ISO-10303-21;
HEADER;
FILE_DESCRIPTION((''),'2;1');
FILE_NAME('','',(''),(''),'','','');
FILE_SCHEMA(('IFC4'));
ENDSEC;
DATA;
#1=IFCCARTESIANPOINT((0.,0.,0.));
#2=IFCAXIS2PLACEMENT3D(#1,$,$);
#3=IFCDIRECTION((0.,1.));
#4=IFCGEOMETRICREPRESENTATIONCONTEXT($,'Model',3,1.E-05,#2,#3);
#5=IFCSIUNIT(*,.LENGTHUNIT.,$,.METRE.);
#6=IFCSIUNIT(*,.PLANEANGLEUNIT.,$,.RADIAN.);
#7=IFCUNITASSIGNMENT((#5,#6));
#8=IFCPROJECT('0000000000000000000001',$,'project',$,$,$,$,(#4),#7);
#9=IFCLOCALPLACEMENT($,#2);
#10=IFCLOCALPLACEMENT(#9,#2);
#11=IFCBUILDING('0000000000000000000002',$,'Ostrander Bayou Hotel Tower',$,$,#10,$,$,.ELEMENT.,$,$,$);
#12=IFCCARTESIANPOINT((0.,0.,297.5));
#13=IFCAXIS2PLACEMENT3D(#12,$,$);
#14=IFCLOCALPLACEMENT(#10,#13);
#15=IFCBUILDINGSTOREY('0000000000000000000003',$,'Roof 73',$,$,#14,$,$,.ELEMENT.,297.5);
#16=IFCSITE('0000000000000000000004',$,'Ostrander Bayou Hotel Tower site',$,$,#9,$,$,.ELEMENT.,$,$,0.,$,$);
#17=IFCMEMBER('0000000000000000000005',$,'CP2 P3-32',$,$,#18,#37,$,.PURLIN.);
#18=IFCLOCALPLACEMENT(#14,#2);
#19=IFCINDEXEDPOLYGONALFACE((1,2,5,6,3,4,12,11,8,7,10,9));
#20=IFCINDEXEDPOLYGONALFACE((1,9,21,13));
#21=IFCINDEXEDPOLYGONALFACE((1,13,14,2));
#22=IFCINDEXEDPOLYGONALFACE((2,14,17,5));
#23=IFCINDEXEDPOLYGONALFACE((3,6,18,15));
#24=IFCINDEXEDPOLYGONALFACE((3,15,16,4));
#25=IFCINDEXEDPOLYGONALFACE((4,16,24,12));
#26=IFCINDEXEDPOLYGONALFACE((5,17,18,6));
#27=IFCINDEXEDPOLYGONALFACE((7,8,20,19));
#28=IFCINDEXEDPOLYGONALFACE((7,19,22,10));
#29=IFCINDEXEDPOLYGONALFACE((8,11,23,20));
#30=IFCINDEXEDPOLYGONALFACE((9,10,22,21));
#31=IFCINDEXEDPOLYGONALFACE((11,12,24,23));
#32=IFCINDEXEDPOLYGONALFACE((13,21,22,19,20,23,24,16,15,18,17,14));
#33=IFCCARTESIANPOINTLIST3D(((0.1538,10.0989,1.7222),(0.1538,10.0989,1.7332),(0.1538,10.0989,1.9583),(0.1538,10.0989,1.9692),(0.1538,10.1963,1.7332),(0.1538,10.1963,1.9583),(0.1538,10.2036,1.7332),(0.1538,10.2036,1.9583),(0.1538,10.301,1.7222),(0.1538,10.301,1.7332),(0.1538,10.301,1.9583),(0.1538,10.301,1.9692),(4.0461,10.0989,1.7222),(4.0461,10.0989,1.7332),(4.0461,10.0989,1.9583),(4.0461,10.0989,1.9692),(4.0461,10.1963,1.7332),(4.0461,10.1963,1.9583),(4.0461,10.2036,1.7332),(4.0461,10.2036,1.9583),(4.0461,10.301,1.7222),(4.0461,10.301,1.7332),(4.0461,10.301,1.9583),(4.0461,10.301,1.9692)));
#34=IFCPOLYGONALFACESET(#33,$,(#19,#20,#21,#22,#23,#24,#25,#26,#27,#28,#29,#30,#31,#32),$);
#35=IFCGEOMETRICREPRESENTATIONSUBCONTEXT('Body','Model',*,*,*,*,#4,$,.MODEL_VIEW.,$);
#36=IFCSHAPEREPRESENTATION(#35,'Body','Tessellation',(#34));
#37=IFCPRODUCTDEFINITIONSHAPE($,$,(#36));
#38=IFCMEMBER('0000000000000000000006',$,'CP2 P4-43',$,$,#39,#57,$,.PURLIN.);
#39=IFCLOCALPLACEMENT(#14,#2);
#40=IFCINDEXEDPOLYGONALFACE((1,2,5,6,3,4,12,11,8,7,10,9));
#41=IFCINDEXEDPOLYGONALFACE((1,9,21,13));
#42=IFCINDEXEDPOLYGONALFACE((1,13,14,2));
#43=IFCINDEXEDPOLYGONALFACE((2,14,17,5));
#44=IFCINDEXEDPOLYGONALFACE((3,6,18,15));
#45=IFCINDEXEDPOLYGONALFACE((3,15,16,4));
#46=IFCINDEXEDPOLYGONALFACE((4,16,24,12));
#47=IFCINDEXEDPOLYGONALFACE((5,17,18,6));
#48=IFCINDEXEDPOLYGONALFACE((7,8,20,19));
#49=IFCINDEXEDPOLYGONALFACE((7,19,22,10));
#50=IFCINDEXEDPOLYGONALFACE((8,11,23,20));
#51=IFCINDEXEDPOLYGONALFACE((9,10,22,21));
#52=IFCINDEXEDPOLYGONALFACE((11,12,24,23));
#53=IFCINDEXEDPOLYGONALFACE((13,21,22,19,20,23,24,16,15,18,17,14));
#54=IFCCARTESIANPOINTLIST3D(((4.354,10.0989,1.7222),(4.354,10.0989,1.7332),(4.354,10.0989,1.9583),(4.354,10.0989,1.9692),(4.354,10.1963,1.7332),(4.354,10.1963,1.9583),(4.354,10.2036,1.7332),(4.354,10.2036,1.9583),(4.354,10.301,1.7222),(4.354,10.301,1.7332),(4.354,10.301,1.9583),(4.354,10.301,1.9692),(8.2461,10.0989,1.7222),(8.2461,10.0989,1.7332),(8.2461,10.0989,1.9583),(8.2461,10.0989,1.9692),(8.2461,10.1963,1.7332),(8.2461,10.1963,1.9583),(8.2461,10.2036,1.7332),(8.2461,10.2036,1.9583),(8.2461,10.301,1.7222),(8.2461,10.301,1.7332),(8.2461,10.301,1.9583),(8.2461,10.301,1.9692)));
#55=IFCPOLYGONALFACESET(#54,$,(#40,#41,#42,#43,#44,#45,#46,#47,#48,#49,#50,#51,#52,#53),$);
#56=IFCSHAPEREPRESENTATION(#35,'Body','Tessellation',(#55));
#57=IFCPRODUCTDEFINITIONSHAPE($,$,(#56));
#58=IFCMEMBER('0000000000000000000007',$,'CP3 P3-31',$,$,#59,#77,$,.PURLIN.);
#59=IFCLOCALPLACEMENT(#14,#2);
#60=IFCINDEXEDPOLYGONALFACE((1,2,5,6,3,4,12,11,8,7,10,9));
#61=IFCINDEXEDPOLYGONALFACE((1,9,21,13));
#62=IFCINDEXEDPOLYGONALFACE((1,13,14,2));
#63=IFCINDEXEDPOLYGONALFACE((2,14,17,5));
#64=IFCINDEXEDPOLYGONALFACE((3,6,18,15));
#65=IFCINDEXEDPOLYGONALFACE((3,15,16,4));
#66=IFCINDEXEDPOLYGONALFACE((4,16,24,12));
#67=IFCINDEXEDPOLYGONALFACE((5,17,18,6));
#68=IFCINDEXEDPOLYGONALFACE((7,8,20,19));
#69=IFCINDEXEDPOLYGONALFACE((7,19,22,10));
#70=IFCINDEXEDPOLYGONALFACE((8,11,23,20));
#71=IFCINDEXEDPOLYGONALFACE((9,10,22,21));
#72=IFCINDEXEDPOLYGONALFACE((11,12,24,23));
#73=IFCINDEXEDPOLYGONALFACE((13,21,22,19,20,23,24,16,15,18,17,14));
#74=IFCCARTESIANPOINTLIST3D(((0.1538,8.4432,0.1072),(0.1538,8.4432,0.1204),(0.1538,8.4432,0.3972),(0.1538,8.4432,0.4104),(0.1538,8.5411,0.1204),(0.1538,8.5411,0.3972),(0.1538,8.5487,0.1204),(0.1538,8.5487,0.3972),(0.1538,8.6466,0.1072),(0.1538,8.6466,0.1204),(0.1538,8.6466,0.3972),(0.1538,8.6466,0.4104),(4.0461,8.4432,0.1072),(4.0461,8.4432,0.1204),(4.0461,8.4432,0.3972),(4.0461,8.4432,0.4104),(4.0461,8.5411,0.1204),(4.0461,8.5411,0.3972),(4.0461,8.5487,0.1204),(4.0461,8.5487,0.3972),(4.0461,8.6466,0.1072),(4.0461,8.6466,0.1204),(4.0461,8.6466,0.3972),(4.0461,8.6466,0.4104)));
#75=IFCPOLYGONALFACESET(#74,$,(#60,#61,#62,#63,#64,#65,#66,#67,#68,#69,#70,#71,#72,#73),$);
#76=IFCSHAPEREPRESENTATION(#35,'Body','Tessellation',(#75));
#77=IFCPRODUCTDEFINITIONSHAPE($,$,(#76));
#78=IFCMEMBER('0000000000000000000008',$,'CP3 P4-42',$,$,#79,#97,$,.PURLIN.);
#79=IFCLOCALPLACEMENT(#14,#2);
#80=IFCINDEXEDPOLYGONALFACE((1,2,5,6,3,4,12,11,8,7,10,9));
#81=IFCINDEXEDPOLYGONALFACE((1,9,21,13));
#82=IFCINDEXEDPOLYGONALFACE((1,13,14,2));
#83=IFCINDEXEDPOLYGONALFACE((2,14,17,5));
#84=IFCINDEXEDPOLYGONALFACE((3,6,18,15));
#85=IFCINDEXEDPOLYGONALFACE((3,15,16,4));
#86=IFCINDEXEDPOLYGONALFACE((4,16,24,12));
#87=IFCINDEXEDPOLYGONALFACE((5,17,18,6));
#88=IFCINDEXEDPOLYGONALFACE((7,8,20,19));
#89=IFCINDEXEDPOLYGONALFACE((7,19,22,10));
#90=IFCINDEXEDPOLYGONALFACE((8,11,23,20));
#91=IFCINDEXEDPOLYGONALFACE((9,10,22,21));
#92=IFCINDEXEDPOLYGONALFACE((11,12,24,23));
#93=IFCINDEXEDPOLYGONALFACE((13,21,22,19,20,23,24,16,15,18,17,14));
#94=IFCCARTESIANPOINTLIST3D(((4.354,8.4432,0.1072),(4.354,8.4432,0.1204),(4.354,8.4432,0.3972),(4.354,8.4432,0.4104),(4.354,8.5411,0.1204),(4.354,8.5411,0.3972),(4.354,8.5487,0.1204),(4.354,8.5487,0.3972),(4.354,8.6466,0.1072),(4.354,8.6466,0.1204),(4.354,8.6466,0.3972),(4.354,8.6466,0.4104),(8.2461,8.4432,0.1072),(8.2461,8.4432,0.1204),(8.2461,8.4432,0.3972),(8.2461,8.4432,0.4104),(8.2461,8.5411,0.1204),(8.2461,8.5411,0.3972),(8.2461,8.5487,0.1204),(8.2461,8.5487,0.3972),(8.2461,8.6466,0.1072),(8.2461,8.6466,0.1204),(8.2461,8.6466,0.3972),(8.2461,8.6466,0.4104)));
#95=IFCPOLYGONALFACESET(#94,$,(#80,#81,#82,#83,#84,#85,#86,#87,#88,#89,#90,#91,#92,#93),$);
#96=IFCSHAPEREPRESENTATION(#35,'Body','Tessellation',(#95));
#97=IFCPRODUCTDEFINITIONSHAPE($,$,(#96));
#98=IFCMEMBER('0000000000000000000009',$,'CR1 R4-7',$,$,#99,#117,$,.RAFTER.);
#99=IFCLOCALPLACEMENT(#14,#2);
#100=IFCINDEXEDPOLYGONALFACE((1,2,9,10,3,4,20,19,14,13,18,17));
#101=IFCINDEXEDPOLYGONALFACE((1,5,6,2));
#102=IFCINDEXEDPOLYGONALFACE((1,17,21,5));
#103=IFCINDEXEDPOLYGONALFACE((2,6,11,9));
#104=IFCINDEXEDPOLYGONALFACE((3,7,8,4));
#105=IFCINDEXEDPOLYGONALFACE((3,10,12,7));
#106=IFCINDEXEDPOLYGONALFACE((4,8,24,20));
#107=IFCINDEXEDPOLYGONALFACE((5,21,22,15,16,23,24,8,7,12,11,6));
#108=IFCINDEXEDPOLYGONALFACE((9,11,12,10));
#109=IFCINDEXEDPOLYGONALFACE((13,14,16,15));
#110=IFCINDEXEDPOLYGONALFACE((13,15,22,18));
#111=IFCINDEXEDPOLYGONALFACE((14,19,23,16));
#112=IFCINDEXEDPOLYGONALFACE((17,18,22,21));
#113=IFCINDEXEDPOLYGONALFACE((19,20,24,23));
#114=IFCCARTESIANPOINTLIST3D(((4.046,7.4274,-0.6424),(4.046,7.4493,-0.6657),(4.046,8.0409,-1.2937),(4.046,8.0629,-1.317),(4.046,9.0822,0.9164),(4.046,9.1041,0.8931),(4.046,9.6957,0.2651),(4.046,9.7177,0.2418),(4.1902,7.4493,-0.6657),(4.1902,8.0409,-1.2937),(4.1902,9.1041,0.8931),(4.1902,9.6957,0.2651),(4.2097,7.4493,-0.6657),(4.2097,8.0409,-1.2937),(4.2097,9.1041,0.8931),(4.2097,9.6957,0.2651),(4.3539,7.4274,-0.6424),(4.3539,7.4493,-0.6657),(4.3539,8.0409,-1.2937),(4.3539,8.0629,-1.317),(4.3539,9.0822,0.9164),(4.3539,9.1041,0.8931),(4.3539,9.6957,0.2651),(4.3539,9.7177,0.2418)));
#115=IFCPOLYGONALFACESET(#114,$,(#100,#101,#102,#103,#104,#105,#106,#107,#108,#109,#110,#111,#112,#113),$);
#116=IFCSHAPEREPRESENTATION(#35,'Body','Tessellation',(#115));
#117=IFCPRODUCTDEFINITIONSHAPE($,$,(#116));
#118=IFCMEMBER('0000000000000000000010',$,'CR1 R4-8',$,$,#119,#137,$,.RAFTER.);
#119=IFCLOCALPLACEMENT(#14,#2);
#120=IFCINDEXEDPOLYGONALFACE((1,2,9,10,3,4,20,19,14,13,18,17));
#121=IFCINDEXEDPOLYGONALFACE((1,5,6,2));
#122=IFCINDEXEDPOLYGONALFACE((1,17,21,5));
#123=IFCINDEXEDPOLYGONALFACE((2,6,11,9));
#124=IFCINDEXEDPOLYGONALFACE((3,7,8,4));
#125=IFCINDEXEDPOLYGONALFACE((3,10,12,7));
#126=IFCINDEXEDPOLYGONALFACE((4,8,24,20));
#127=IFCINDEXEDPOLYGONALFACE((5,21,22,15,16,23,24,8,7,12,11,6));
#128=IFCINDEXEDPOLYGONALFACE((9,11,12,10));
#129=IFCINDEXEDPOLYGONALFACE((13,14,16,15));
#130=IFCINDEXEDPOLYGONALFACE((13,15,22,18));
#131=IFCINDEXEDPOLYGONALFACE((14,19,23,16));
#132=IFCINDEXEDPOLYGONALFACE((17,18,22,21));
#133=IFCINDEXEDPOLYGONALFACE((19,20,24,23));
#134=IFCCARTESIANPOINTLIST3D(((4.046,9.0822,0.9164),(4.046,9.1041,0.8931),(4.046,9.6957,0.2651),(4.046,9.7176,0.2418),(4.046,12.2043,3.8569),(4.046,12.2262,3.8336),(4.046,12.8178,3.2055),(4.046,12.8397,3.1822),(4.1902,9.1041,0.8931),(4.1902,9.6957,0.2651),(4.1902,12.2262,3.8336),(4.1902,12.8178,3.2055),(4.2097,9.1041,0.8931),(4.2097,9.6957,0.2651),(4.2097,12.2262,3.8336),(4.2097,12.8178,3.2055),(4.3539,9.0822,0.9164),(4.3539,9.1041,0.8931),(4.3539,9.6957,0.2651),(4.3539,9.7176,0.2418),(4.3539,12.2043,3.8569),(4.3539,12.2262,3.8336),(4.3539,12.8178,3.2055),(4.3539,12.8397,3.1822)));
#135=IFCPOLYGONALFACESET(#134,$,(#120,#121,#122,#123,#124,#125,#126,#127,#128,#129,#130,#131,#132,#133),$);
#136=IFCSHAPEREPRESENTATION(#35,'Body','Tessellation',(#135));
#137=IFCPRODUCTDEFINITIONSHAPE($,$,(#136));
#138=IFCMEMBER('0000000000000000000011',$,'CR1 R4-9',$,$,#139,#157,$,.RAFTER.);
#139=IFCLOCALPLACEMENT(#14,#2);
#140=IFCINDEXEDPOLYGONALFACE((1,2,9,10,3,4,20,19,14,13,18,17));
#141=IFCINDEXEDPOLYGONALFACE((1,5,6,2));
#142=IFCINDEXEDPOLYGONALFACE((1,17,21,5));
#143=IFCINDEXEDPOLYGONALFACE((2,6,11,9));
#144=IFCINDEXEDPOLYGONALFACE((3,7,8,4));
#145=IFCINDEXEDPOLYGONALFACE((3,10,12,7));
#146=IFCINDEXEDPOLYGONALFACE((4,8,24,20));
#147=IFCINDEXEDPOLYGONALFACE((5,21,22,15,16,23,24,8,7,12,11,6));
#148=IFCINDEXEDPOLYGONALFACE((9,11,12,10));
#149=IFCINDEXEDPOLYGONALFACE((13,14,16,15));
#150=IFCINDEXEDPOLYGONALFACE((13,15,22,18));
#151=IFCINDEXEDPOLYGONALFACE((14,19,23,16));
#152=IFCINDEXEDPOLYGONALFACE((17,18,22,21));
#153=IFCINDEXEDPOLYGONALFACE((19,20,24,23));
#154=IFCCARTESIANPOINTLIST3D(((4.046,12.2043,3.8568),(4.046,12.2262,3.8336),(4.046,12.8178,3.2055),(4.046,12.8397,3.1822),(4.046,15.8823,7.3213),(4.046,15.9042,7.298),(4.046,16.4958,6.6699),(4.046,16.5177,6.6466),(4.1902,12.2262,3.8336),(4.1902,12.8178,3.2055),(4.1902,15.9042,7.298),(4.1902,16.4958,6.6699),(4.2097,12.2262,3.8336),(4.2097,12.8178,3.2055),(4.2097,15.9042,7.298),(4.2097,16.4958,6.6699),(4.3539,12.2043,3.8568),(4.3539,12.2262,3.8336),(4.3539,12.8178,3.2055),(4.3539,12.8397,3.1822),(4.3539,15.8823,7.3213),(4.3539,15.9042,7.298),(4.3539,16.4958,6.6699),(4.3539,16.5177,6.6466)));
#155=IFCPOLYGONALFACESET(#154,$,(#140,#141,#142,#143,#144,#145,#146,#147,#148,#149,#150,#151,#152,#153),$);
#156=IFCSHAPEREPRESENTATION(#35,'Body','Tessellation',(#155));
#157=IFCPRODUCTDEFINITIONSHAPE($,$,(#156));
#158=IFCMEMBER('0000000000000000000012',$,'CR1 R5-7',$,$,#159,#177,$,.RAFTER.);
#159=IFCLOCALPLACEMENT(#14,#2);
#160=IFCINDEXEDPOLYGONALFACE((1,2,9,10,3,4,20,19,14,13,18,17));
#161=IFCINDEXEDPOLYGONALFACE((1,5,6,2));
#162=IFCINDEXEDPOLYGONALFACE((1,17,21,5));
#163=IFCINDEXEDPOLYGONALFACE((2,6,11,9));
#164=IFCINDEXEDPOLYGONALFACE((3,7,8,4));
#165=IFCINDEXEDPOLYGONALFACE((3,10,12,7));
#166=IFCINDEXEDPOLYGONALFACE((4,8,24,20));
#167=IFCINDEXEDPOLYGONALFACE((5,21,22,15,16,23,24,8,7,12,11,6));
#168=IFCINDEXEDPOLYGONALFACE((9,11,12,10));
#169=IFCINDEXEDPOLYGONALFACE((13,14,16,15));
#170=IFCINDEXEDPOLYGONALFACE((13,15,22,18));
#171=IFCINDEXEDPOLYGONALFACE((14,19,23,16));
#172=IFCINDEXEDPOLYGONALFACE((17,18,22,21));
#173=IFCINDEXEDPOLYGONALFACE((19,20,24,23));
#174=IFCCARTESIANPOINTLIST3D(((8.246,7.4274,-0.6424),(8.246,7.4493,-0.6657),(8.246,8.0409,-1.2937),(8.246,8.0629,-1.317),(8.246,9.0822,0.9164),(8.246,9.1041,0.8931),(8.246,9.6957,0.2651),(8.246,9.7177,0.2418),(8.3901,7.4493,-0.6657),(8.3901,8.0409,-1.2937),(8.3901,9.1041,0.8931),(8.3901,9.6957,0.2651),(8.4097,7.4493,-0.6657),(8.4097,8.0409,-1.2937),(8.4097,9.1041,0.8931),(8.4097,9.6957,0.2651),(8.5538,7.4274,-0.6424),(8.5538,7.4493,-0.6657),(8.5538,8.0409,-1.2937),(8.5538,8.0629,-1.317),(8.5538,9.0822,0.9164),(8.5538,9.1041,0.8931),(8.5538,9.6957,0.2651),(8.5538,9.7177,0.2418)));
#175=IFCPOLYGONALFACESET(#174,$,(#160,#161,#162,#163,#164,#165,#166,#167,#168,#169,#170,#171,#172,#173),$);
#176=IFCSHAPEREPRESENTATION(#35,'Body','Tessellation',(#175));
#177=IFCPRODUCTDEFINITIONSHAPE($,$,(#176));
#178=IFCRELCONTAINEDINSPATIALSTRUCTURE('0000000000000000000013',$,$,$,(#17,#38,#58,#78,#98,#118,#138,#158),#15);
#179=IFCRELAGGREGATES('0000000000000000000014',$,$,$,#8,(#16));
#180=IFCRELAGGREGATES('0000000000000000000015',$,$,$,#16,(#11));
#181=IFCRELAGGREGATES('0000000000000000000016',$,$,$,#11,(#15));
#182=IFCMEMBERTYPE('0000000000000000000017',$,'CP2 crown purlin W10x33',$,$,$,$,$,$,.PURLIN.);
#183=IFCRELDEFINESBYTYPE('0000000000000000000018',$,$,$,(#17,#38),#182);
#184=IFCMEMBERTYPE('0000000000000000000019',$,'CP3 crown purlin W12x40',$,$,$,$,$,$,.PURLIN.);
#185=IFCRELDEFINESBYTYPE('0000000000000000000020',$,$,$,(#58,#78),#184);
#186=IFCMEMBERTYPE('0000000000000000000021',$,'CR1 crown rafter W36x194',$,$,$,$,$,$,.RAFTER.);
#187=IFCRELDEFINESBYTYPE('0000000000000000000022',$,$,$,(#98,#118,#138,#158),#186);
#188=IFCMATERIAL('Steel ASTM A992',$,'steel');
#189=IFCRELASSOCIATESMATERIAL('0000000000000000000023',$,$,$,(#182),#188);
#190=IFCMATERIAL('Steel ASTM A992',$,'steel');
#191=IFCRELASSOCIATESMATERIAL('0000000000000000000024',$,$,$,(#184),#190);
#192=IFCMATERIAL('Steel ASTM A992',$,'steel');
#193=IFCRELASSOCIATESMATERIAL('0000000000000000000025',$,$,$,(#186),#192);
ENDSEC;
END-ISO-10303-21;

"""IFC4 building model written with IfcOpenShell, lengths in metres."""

from ifc_helpers import new_model, si_unit, direction, frame, origin, origin_2d, place, context, subcontext, project, spatial, i_section, extrude, material, material_profile, profile_set, type_object, element, save


model = new_model("IFC4")

# Units and contexts
model_context = context("Model", 3, precision=1e-05, world=origin(), true_north=direction((0.0, 1.0)))
body_context = subcontext(model_context, "Body", "Model", "MODEL_VIEW")
ifc_project = project(units=[si_unit("LENGTHUNIT", "METRE"), si_unit("PLANEANGLEUNIT", "RADIAN")], contexts=[model_context])

# Site, building, storey
site_placement = place(None, origin())
site = spatial("IfcSite", under=ifc_project, at=site_placement, Name="Ostrander Bayou Hotel Tower site", CompositionType="ELEMENT", RefElevation=0.0)
building_placement = place(site_placement, origin())
building = spatial("IfcBuilding", under=site, at=building_placement, Name="Ostrander Bayou Hotel Tower", CompositionType="ELEMENT")
storey_placement = place(building_placement, frame((0.0, 0.0, 297.5)))
storey = spatial("IfcBuildingStorey", under=building, at=storey_placement, Name="Roof 73", CompositionType="ELEMENT", Elevation=297.5)

# Members
ifc_material_1 = material(Name="Steel ASTM A992", Category="steel")
ifc_material_profile_1 = material_profile(ifc_material_1, i_section(OverallWidth=0.2021, OverallDepth=0.2471, WebThickness=0.0073, FlangeThickness=0.011, at=origin_2d()))
ifc_profile_set_1 = profile_set([ifc_material_profile_1], Name="Steel ASTM A992")
member_type_1 = type_object("IfcMemberType", Name="CP2 crown purlin W10x33", PredefinedType="PURLIN", material=ifc_profile_set_1)
member_1_placement = place(storey_placement, frame((0.1538, 10.2, 1.8457), z_axis=(1.0, 0.0, 0.0), x_axis=(0.0, 1.0, 0.0)))
element("IfcMember", 1, at=member_1_placement, inside=storey, type_object=member_type_1, Name="CP2 P3-32", PredefinedType="PURLIN", context=body_context, shape_type="SweptSolid", body=[
    extrude(i_section(OverallWidth=0.2021, OverallDepth=0.2471, WebThickness=0.0073, FlangeThickness=0.011, at=origin_2d()), origin(), (0.0, 0.0, 1.0), 3.8923),
])
member_2_placement = place(storey_placement, frame((4.354, 10.2, 1.8457), z_axis=(1.0, 0.0, 0.0), x_axis=(0.0, 1.0, 0.0)))
element("IfcMember", 2, at=member_2_placement, inside=storey, type_object=member_type_1, Name="CP2 P4-43", PredefinedType="PURLIN", context=body_context, shape_type="SweptSolid", body=[
    extrude(i_section(OverallWidth=0.2021, OverallDepth=0.2471, WebThickness=0.0073, FlangeThickness=0.011, at=origin_2d()), origin(), (0.0, 0.0, 1.0), 3.8921),
])
ifc_material_2 = material(Name="Steel ASTM A992", Category="steel")
ifc_material_profile_2 = material_profile(ifc_material_2, i_section(OverallWidth=0.2034, OverallDepth=0.3032, WebThickness=0.0076, FlangeThickness=0.0132, at=origin_2d()))
ifc_profile_set_2 = profile_set([ifc_material_profile_2], Name="Steel ASTM A992")
member_type_2 = type_object("IfcMemberType", Name="CP3 crown purlin W12x40", PredefinedType="PURLIN", material=ifc_profile_set_2)
member_3_placement = place(storey_placement, frame((0.1538, 8.5449, 0.2588), z_axis=(1.0, 0.0, 0.0), x_axis=(0.0, 1.0, 0.0)))
element("IfcMember", 3, at=member_3_placement, inside=storey, type_object=member_type_2, Name="CP3 P3-31", PredefinedType="PURLIN", context=body_context, shape_type="SweptSolid", body=[
    extrude(i_section(OverallWidth=0.2034, OverallDepth=0.3032, WebThickness=0.0076, FlangeThickness=0.0132, at=origin_2d()), origin(), (0.0, 0.0, 1.0), 3.8923),
])
member_4_placement = place(storey_placement, frame((4.354, 8.5449, 0.2588), z_axis=(1.0, 0.0, 0.0), x_axis=(0.0, 1.0, 0.0)))
element("IfcMember", 4, at=member_4_placement, inside=storey, type_object=member_type_2, Name="CP3 P4-42", PredefinedType="PURLIN", context=body_context, shape_type="SweptSolid", body=[
    extrude(i_section(OverallWidth=0.2034, OverallDepth=0.3032, WebThickness=0.0076, FlangeThickness=0.0132, at=origin_2d()), origin(), (0.0, 0.0, 1.0), 3.8921),
])
ifc_material_3 = material(Name="Steel ASTM A992", Category="steel")
ifc_material_profile_3 = material_profile(ifc_material_3, i_section(OverallWidth=0.3079, OverallDepth=0.9268, WebThickness=0.0195, FlangeThickness=0.032, at=origin_2d()))
ifc_profile_set_3 = profile_set([ifc_material_profile_3], Name="Steel ASTM A992")
member_type_3 = type_object("IfcMemberType", Name="CR1 crown rafter W36x194", PredefinedType="RAFTER", material=ifc_profile_set_3)
member_5_placement = place(storey_placement, frame((4.2, 7.7451, -0.9797), z_axis=(0.0, 0.727894, 0.68569), x_axis=(-1.0, 0.0, 0.0)))
element("IfcMember", 5, at=member_5_placement, inside=storey, type_object=member_type_3, Name="CR1 R4-7", PredefinedType="RAFTER", context=body_context, shape_type="SweptSolid", body=[
    extrude(i_section(OverallWidth=0.3079, OverallDepth=0.9268, WebThickness=0.0195, FlangeThickness=0.032, at=origin_2d()), origin(), (0.0, 0.0, 1.0), 2.2734),
])
member_6_placement = place(storey_placement, frame((4.2, 9.3999, 0.5791), z_axis=(0.0, 0.727966, 0.685613), x_axis=(-1.0, 0.0, 0.0)))
element("IfcMember", 6, at=member_6_placement, inside=storey, type_object=member_type_3, Name="CR1 R4-8", PredefinedType="RAFTER", context=body_context, shape_type="SweptSolid", body=[
    extrude(i_section(OverallWidth=0.3079, OverallDepth=0.9268, WebThickness=0.0195, FlangeThickness=0.032, at=origin_2d()), origin(), (0.0, 0.0, 1.0), 4.2888),
])
member_7_placement = place(storey_placement, frame((4.2, 12.522, 3.5195), z_axis=(0.0, 0.72793, 0.685651), x_axis=(-1.0, 0.0, 0.0)))
element("IfcMember", 7, at=member_7_placement, inside=storey, type_object=member_type_3, Name="CR1 R4-9", PredefinedType="RAFTER", context=body_context, shape_type="SweptSolid", body=[
    extrude(i_section(OverallWidth=0.3079, OverallDepth=0.9268, WebThickness=0.0195, FlangeThickness=0.032, at=origin_2d()), origin(), (0.0, 0.0, 1.0), 5.0527),
])
member_8_placement = place(storey_placement, frame((8.3999, 7.7451, -0.9797), z_axis=(0.0, 0.727894, 0.68569), x_axis=(-1.0, 0.0, 0.0)))
element("IfcMember", 8, at=member_8_placement, inside=storey, type_object=member_type_3, Name="CR1 R5-7", PredefinedType="RAFTER", context=body_context, shape_type="SweptSolid", body=[
    extrude(i_section(OverallWidth=0.3079, OverallDepth=0.9268, WebThickness=0.0195, FlangeThickness=0.032, at=origin_2d()), origin(), (0.0, 0.0, 1.0), 2.2734),
])

save(model, "model.ifc")
